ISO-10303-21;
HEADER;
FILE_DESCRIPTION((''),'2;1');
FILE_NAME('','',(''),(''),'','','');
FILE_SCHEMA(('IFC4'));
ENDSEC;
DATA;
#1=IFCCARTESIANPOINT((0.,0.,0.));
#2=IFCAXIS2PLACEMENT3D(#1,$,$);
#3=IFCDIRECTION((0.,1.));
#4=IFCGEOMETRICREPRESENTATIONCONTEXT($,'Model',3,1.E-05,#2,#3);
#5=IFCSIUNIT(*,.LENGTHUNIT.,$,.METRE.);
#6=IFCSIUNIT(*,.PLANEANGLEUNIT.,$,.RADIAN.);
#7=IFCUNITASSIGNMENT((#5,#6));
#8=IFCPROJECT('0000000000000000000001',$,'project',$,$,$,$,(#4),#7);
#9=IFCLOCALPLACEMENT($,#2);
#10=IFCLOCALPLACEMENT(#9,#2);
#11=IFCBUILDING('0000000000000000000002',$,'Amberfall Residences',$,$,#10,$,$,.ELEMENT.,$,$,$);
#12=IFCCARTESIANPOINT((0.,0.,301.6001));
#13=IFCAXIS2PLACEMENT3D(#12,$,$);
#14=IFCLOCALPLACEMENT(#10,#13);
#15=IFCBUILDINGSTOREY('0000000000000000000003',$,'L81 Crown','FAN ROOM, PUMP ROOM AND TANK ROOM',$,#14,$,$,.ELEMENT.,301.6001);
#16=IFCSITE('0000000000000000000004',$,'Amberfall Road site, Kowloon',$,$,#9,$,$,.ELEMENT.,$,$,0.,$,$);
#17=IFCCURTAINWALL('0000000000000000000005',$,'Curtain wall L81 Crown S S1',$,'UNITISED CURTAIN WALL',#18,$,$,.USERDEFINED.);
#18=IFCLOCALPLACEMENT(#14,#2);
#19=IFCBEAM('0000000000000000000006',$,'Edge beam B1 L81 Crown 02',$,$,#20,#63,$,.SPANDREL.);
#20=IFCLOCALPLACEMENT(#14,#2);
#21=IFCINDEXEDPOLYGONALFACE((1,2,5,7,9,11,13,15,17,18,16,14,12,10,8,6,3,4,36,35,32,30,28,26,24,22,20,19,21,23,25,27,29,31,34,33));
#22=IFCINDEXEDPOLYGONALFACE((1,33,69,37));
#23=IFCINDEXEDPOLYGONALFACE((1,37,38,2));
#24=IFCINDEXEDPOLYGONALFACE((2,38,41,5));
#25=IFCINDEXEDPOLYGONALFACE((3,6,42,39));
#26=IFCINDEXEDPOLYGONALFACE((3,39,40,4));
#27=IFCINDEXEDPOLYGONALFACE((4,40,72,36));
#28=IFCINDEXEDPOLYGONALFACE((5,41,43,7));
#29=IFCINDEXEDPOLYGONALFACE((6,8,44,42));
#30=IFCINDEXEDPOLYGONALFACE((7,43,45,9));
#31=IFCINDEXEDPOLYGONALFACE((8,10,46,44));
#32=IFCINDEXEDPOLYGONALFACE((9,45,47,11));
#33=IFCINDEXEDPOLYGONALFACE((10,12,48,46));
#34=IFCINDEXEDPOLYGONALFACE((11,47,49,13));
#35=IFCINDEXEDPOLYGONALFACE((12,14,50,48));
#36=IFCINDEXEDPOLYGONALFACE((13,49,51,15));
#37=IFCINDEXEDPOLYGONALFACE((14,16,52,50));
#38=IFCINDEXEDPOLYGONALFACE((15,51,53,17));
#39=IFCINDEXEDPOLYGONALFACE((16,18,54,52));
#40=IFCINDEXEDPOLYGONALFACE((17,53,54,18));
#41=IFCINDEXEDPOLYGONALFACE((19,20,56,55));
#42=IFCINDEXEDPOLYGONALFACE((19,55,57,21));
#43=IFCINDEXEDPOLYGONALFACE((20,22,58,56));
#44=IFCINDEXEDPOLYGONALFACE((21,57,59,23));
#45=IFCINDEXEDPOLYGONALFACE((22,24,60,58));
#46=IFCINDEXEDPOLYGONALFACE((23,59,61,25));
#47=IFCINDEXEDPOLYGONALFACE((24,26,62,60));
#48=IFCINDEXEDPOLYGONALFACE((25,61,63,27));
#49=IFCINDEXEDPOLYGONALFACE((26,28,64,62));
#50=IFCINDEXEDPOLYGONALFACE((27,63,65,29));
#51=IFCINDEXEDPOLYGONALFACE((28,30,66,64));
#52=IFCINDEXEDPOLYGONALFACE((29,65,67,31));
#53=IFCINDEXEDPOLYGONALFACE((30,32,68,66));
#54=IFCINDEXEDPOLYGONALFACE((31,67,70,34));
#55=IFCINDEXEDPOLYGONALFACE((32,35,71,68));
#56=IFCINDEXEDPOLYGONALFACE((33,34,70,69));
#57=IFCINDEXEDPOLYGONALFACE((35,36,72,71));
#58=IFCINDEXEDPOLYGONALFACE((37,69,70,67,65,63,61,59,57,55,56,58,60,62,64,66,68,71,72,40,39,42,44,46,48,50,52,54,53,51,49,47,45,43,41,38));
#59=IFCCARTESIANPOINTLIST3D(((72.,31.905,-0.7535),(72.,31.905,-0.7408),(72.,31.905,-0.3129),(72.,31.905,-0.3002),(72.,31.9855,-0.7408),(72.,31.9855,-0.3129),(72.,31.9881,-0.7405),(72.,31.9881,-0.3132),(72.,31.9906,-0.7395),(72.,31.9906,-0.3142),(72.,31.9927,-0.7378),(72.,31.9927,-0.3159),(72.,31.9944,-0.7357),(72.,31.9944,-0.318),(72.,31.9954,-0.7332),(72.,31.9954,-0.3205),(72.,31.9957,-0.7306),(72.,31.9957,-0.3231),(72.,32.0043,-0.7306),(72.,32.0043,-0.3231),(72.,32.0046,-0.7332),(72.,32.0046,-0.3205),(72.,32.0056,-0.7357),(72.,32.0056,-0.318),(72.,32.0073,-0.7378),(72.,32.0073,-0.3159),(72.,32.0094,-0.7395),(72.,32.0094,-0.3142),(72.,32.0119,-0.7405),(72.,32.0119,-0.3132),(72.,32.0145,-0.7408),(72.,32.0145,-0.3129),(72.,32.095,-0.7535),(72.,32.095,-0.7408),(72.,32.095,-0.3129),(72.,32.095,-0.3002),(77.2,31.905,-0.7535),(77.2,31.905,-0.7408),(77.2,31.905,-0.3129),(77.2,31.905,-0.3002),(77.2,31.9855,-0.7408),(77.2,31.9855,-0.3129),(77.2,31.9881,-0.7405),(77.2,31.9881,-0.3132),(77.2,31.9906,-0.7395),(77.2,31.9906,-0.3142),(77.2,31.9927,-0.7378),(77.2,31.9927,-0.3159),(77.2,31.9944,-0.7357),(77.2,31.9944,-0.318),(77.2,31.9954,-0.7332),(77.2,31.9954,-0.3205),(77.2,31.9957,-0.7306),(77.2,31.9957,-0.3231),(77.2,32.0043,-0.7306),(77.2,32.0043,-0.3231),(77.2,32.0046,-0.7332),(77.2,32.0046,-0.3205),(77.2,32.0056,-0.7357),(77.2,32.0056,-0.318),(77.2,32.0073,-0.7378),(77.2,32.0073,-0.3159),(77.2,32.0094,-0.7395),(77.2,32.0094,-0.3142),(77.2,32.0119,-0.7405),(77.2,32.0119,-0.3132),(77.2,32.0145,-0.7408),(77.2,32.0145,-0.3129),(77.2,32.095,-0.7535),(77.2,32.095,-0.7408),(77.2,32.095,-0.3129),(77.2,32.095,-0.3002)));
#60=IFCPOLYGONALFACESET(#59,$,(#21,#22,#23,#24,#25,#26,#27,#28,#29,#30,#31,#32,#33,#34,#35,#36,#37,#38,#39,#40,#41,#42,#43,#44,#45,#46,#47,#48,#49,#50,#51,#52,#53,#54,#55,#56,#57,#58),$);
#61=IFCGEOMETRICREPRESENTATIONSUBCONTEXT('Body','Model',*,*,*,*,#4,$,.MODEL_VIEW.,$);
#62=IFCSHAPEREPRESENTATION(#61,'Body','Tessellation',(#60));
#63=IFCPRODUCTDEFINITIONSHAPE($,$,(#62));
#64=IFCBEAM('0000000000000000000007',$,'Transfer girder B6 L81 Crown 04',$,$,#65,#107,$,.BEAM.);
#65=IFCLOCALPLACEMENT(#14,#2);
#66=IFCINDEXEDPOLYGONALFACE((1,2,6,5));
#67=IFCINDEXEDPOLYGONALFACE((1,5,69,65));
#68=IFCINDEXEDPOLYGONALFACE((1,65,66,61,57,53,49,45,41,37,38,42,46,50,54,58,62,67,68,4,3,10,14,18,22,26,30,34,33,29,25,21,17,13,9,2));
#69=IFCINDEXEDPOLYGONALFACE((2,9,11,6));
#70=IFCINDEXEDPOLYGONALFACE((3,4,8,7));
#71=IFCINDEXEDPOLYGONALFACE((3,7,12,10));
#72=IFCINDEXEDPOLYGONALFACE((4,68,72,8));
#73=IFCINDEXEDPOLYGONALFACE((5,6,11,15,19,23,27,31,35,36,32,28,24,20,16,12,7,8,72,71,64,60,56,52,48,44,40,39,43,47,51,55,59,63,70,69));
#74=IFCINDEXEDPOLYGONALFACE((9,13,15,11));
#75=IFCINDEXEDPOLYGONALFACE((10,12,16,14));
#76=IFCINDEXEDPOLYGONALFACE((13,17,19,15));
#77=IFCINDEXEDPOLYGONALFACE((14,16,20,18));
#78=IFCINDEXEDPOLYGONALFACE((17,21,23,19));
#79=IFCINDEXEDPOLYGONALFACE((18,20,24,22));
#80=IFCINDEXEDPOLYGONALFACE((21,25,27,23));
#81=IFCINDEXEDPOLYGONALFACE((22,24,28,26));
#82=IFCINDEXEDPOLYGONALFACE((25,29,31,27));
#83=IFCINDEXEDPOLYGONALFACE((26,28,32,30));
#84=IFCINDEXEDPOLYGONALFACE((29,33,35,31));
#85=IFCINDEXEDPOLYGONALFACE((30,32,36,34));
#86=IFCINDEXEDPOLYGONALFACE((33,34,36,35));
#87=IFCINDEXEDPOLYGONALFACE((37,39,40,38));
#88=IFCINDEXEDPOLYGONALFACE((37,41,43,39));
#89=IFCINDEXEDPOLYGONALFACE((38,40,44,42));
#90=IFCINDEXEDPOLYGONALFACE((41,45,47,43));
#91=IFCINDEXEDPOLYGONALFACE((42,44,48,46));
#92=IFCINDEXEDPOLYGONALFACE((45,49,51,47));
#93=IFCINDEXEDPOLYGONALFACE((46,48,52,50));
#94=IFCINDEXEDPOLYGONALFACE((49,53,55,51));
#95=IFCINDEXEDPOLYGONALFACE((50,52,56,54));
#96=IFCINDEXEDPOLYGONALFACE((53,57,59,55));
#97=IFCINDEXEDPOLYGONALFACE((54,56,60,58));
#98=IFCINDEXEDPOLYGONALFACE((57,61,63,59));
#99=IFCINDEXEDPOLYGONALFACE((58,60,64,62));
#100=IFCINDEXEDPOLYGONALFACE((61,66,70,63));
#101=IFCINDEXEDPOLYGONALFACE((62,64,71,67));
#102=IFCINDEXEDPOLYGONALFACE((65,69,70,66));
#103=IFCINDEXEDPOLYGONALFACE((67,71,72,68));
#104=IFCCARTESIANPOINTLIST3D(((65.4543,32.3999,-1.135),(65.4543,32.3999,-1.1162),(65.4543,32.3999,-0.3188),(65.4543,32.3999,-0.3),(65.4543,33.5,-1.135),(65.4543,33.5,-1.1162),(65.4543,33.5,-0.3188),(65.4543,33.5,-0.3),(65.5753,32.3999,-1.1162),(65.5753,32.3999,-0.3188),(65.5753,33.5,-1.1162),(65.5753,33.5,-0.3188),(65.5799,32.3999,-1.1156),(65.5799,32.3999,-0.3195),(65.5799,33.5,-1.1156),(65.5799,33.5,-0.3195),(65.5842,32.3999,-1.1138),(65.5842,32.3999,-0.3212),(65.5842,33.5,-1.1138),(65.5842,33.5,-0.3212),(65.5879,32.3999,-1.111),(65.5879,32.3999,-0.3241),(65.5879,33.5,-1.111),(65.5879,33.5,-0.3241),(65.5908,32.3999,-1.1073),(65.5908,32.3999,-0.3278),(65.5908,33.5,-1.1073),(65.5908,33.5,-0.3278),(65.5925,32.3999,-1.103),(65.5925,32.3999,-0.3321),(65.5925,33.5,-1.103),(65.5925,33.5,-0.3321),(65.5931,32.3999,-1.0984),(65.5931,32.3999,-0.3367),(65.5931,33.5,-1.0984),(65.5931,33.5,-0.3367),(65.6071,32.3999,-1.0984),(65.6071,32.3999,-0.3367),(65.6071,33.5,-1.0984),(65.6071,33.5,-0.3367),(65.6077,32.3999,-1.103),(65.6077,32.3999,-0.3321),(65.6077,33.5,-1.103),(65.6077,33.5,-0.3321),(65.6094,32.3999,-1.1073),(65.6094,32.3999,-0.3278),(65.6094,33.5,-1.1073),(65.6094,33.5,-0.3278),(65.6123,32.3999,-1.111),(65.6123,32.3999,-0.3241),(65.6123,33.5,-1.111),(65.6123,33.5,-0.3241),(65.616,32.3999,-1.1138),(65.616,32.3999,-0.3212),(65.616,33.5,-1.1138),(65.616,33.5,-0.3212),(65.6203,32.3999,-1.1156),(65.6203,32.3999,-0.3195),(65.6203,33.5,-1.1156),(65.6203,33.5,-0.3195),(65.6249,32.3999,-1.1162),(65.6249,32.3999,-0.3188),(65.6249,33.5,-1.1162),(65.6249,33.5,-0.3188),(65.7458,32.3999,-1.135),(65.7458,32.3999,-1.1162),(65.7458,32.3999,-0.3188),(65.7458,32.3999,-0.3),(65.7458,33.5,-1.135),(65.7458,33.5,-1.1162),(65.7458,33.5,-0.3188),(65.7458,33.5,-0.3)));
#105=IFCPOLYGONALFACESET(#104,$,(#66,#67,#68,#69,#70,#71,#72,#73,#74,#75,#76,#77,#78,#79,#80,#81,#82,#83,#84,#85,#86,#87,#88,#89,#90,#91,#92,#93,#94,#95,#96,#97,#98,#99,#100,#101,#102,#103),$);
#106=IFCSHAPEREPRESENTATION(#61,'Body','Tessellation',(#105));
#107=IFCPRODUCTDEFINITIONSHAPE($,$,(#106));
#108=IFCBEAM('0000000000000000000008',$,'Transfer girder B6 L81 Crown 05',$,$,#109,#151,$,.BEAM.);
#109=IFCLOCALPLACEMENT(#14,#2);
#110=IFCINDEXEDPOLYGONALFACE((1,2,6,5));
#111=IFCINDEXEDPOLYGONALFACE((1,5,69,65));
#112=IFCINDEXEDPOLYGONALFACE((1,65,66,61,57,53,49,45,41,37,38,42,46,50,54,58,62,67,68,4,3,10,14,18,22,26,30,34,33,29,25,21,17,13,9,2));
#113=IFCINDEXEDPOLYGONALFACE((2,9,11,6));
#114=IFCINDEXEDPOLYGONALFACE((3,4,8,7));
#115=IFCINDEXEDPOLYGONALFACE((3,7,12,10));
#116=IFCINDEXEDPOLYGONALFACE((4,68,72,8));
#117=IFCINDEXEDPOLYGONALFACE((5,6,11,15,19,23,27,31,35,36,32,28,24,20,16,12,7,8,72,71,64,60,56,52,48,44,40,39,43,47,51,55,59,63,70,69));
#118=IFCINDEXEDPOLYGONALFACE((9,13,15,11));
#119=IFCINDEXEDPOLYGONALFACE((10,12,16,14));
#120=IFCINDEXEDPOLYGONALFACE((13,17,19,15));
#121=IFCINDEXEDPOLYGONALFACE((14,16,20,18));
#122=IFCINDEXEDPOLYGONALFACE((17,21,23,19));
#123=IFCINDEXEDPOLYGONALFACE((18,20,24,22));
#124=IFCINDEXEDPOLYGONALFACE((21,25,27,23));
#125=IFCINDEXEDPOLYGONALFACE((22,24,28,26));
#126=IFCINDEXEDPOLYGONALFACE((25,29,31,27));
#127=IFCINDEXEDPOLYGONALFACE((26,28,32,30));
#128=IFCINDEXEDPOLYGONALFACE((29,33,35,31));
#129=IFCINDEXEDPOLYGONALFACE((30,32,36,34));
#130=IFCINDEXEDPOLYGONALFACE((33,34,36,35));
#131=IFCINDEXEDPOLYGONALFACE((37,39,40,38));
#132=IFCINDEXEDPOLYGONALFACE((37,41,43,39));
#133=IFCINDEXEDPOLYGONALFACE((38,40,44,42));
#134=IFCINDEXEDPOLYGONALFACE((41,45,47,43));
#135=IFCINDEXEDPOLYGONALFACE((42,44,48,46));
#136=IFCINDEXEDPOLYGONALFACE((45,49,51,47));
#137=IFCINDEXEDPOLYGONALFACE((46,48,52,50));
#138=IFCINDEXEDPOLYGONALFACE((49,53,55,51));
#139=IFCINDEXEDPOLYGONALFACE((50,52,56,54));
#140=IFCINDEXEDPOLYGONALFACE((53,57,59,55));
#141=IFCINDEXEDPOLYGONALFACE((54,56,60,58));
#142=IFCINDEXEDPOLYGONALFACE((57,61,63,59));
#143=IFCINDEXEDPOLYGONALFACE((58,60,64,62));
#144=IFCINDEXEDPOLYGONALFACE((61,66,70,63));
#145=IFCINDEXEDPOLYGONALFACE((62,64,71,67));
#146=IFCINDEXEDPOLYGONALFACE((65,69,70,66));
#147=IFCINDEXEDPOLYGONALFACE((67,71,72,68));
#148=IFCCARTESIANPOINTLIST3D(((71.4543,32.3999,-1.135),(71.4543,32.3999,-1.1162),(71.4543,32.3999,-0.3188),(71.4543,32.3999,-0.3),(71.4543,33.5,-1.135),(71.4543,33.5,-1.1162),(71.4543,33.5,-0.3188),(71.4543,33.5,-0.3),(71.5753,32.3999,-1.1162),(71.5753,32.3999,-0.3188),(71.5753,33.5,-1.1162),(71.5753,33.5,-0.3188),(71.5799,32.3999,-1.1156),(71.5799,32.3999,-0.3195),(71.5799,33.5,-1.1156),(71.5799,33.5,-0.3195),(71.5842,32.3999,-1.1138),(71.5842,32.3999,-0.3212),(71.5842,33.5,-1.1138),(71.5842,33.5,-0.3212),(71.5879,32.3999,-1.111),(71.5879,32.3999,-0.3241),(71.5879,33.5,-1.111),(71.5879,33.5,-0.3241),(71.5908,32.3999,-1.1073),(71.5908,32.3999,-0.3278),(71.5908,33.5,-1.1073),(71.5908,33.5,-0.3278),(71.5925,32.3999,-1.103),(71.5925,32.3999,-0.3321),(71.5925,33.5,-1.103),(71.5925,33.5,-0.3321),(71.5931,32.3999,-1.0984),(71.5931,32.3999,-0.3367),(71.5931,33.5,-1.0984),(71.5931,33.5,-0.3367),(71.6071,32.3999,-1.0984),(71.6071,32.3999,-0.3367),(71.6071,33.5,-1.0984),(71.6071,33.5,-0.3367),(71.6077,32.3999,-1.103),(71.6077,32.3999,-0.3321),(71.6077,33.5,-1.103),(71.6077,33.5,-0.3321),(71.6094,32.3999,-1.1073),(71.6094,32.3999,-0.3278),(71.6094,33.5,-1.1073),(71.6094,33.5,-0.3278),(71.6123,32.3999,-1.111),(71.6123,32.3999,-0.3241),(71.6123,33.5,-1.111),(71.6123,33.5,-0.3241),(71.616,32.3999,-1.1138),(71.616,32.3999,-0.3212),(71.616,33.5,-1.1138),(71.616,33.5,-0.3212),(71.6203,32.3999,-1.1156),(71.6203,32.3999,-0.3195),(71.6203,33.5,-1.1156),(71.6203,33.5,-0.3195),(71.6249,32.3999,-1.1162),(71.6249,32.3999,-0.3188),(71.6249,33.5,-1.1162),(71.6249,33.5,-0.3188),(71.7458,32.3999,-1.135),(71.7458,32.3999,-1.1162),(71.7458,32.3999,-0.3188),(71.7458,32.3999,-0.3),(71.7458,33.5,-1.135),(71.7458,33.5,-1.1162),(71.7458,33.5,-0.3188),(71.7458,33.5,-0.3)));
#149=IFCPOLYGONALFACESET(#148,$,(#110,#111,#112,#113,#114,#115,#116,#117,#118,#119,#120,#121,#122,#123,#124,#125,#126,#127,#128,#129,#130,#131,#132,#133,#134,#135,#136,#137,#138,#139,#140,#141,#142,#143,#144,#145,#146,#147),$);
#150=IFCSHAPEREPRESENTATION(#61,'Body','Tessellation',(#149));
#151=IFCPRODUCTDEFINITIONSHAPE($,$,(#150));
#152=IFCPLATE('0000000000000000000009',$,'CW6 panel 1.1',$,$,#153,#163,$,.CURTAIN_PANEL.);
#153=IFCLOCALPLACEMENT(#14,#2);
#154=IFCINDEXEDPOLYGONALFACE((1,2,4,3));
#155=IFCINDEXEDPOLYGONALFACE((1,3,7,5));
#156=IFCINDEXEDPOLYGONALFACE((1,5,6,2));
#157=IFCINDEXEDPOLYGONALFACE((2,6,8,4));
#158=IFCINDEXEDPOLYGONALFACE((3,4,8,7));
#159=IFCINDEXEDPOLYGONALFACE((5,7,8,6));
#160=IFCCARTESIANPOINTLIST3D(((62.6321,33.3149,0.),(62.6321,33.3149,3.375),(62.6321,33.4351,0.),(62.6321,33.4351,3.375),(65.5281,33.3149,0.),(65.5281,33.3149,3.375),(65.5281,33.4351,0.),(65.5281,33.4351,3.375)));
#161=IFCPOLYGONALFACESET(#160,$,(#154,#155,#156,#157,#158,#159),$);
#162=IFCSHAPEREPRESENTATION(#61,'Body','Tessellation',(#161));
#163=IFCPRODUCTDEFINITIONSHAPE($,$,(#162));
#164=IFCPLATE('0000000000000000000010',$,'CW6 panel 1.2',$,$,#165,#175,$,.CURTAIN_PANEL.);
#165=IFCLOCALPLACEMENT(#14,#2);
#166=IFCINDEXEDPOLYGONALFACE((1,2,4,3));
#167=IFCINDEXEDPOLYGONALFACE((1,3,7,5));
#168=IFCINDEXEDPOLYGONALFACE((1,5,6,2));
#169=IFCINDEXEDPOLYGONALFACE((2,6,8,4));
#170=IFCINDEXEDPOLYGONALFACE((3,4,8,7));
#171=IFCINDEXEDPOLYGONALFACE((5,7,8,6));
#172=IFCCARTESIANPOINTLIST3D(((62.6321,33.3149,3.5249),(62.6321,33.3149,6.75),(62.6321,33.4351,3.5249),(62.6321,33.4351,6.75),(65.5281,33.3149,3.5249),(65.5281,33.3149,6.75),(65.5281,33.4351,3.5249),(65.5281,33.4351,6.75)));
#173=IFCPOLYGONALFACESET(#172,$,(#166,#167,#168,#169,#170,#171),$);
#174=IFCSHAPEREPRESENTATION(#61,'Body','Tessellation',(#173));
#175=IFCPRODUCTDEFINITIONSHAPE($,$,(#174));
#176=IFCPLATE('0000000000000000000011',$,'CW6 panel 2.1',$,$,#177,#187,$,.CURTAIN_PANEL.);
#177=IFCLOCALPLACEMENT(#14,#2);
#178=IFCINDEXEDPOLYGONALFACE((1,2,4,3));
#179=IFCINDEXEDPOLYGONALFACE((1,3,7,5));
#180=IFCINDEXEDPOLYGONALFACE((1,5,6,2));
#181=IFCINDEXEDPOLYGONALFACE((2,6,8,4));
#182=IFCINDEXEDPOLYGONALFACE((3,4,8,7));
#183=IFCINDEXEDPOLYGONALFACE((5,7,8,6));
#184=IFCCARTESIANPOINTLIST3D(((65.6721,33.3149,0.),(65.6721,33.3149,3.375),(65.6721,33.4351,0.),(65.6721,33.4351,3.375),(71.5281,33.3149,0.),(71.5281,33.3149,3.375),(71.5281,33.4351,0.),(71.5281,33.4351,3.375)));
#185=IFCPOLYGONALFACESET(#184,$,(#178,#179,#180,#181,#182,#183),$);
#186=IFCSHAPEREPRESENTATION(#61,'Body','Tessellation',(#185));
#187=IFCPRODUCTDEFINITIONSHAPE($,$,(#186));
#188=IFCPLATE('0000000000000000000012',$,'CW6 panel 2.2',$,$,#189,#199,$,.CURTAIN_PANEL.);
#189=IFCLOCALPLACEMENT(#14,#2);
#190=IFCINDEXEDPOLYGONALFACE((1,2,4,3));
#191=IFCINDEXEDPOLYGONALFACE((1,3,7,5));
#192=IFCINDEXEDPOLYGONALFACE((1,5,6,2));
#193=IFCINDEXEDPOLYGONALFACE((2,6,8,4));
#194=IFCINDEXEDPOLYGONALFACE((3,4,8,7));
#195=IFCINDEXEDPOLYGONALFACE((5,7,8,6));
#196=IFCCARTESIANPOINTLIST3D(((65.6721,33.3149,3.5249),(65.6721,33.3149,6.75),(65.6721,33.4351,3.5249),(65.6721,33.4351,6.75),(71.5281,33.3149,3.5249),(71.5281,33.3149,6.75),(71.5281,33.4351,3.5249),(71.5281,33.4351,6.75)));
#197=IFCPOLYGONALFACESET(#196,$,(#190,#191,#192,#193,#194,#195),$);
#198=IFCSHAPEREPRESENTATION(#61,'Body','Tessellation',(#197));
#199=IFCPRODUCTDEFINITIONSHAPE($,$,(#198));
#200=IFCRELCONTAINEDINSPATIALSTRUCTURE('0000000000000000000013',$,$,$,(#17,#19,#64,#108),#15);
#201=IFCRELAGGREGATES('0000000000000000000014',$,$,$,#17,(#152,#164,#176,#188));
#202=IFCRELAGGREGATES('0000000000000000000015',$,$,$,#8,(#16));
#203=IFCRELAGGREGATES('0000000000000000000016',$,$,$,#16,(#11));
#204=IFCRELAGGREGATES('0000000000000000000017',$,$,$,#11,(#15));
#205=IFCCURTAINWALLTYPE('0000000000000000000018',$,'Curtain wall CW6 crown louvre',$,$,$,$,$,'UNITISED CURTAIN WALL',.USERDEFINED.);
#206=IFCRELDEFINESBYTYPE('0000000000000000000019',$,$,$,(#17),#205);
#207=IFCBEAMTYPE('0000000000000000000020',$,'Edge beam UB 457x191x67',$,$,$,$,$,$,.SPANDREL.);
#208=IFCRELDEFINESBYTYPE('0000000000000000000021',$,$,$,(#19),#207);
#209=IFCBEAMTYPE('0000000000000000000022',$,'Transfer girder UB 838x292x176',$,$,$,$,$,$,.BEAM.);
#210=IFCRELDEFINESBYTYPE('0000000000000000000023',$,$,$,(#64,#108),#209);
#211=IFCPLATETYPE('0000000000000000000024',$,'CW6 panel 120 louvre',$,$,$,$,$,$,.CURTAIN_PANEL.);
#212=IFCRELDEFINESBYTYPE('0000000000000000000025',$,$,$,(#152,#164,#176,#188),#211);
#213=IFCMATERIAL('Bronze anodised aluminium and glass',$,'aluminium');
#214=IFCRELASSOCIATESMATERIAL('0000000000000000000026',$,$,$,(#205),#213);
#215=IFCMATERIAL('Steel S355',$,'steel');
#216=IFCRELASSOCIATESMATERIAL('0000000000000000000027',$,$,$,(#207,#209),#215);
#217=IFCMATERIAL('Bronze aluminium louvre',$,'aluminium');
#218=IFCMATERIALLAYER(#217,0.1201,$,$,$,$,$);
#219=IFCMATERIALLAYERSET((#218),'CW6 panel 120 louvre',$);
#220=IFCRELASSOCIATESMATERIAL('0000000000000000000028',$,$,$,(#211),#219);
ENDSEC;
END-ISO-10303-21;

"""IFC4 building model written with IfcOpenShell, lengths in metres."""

from ifc_helpers import new_model, si_unit, direction, frame, origin, origin_2d, place, context, subcontext, project, spatial, rectangle, i_section, extrude, material, layer, layer_set, material_profile, profile_set, type_object, element, aggregate, save


model = new_model("IFC4")

# Units and contexts
model_context = context("Model", 3, precision=1e-05, world=origin(), true_north=direction((0.0, 1.0)))
body_context = subcontext(model_context, "Body", "Model", "MODEL_VIEW")
ifc_project = project(units=[si_unit("LENGTHUNIT", "METRE"), si_unit("PLANEANGLEUNIT", "RADIAN")], contexts=[model_context])

# Site, building, storey
site_placement = place(None, origin())
site = spatial("IfcSite", under=ifc_project, at=site_placement, Name="Amberfall Road site, Kowloon", CompositionType="ELEMENT", RefElevation=0.0)
building_placement = place(site_placement, origin())
building = spatial("IfcBuilding", under=site, at=building_placement, Name="Amberfall Residences", CompositionType="ELEMENT")
storey_placement = place(building_placement, frame((0.0, 0.0, 301.6001)))
storey = spatial("IfcBuildingStorey", under=building, at=storey_placement, Name="L81 Crown", Description="FAN ROOM, PUMP ROOM AND TANK ROOM", CompositionType="ELEMENT", Elevation=301.6001)

# Curtain wall
ifc_material_1 = material(Name="Bronze anodised aluminium and glass", Category="aluminium")
curtain_wall_type = type_object("IfcCurtainWallType", Name="Curtain wall CW6 crown louvre", ElementType="UNITISED CURTAIN WALL", PredefinedType="USERDEFINED", material=ifc_material_1)
curtain_wall_placement = place(storey_placement, origin())
curtain_wall = element("IfcCurtainWall", 1, at=curtain_wall_placement, inside=storey, type_object=curtain_wall_type, Name="Curtain wall L81 Crown S S1", ObjectType="UNITISED CURTAIN WALL", PredefinedType="USERDEFINED")

# Beams
ifc_material_2 = material(Name="Steel S355", Category="steel")
ifc_material_profile_1 = material_profile(ifc_material_2, i_section(OverallWidth=0.1899, OverallDepth=0.4534, WebThickness=0.0085, FlangeThickness=0.0127, FilletRadius=0.0103, at=origin_2d()), Name="UB 457x191x67")
ifc_profile_set_1 = profile_set([ifc_material_profile_1], Name="Steel S355")
beam_type_1 = type_object("IfcBeamType", Name="Edge beam UB 457x191x67", PredefinedType="SPANDREL", material=ifc_profile_set_1)
for number, where, z_axis, x_axis, name in (
    (2, (72.0, 32.0, -0.5269), (1.0, 0.0, 0.0), (0.0, 1.0, 0.0), "Edge beam B1 L81 Crown 02"),
):
    element("IfcBeam", number, at=place(storey_placement, frame(where, z_axis=z_axis, x_axis=x_axis)), inside=storey, type_object=beam_type_1, Name=name, PredefinedType="SPANDREL", context=body_context, shape_type="SweptSolid", body=[
        extrude(i_section(OverallWidth=0.1899, OverallDepth=0.4534, WebThickness=0.0085, FlangeThickness=0.0127, FilletRadius=0.0103, at=origin_2d()), origin(), (0.0, 0.0, 1.0), 5.2),
    ])
ifc_material_profile_2 = material_profile(ifc_material_2, i_section(OverallWidth=0.2915, OverallDepth=0.835, WebThickness=0.0139, FlangeThickness=0.0188, FilletRadius=0.0178, at=origin_2d()), Name="UB 838x292x176")
ifc_profile_set_2 = profile_set([ifc_material_profile_2], Name="Steel S355")
beam_type_2 = type_object("IfcBeamType", Name="Transfer girder UB 838x292x176", PredefinedType="BEAM", material=ifc_profile_set_2)
for number, where, z_axis, x_axis, name in (
    (3, (65.6001, 32.3999, -0.7175), (0.0, 1.0, 0.0), (-1.0, 0.0, 0.0), "Transfer girder B6 L81 Crown 04"),
    (4, (71.6001, 32.3999, -0.7175), (0.0, 1.0, 0.0), (-1.0, 0.0, 0.0), "Transfer girder B6 L81 Crown 05"),
):
    element("IfcBeam", number, at=place(storey_placement, frame(where, z_axis=z_axis, x_axis=x_axis)), inside=storey, type_object=beam_type_2, Name=name, PredefinedType="BEAM", context=body_context, shape_type="SweptSolid", body=[
        extrude(i_section(OverallWidth=0.2915, OverallDepth=0.835, WebThickness=0.0139, FlangeThickness=0.0188, FilletRadius=0.0178, at=origin_2d()), origin(), (0.0, 0.0, 1.0), 1.1001),
    ])

# Plates
ifc_material_3 = material(Name="Bronze aluminium louvre", Category="aluminium")
ifc_layer_1 = layer(ifc_material_3, 0.1201)
ifc_layer_set_1 = layer_set([ifc_layer_1], Name="CW6 panel 120 louvre")
plate_type = type_object("IfcPlateType", Name="CW6 panel 120 louvre", PredefinedType="CURTAIN_PANEL", material=ifc_layer_set_1)
plate_1_placement = place(storey_placement, frame((64.0801, 33.375, 0.0), z_axis=(0.0, 0.0, 1.0), x_axis=(1.0, 0.0, 0.0)))
plate_1 = element("IfcPlate", 5, at=plate_1_placement, type_object=plate_type, Name="CW6 panel 1.1", PredefinedType="CURTAIN_PANEL", context=body_context, shape_type="SweptSolid", body=[
    extrude(rectangle(XDim=2.896, YDim=0.1201, at=origin_2d()), origin(), (0.0, 0.0, 1.0), 3.375),
])
plate_2_placement = place(storey_placement, frame((64.0801, 33.375, 3.5249), z_axis=(0.0, 0.0, 1.0), x_axis=(1.0, 0.0, 0.0)))
plate_2 = element("IfcPlate", 6, at=plate_2_placement, type_object=plate_type, Name="CW6 panel 1.2", PredefinedType="CURTAIN_PANEL", context=body_context, shape_type="SweptSolid", body=[
    extrude(rectangle(XDim=2.896, YDim=0.1201, at=origin_2d()), origin(), (0.0, 0.0, 1.0), 3.2251),
])
plate_3_placement = place(storey_placement, frame((68.6001, 33.375, 0.0), z_axis=(0.0, 0.0, 1.0), x_axis=(1.0, 0.0, 0.0)))
plate_3 = element("IfcPlate", 7, at=plate_3_placement, type_object=plate_type, Name="CW6 panel 2.1", PredefinedType="CURTAIN_PANEL", context=body_context, shape_type="SweptSolid", body=[
    extrude(rectangle(XDim=5.856, YDim=0.1201, at=origin_2d()), origin(), (0.0, 0.0, 1.0), 3.375),
])
plate_4_placement = place(storey_placement, frame((68.6001, 33.375, 3.5249), z_axis=(0.0, 0.0, 1.0), x_axis=(1.0, 0.0, 0.0)))
plate_4 = element("IfcPlate", 8, at=plate_4_placement, type_object=plate_type, Name="CW6 panel 2.2", PredefinedType="CURTAIN_PANEL", context=body_context, shape_type="SweptSolid", body=[
    extrude(rectangle(XDim=5.856, YDim=0.1201, at=origin_2d()), origin(), (0.0, 0.0, 1.0), 3.2251),
])
aggregate(curtain_wall, [plate_1, plate_2, plate_3, plate_4])

save(model, "model.ifc")
